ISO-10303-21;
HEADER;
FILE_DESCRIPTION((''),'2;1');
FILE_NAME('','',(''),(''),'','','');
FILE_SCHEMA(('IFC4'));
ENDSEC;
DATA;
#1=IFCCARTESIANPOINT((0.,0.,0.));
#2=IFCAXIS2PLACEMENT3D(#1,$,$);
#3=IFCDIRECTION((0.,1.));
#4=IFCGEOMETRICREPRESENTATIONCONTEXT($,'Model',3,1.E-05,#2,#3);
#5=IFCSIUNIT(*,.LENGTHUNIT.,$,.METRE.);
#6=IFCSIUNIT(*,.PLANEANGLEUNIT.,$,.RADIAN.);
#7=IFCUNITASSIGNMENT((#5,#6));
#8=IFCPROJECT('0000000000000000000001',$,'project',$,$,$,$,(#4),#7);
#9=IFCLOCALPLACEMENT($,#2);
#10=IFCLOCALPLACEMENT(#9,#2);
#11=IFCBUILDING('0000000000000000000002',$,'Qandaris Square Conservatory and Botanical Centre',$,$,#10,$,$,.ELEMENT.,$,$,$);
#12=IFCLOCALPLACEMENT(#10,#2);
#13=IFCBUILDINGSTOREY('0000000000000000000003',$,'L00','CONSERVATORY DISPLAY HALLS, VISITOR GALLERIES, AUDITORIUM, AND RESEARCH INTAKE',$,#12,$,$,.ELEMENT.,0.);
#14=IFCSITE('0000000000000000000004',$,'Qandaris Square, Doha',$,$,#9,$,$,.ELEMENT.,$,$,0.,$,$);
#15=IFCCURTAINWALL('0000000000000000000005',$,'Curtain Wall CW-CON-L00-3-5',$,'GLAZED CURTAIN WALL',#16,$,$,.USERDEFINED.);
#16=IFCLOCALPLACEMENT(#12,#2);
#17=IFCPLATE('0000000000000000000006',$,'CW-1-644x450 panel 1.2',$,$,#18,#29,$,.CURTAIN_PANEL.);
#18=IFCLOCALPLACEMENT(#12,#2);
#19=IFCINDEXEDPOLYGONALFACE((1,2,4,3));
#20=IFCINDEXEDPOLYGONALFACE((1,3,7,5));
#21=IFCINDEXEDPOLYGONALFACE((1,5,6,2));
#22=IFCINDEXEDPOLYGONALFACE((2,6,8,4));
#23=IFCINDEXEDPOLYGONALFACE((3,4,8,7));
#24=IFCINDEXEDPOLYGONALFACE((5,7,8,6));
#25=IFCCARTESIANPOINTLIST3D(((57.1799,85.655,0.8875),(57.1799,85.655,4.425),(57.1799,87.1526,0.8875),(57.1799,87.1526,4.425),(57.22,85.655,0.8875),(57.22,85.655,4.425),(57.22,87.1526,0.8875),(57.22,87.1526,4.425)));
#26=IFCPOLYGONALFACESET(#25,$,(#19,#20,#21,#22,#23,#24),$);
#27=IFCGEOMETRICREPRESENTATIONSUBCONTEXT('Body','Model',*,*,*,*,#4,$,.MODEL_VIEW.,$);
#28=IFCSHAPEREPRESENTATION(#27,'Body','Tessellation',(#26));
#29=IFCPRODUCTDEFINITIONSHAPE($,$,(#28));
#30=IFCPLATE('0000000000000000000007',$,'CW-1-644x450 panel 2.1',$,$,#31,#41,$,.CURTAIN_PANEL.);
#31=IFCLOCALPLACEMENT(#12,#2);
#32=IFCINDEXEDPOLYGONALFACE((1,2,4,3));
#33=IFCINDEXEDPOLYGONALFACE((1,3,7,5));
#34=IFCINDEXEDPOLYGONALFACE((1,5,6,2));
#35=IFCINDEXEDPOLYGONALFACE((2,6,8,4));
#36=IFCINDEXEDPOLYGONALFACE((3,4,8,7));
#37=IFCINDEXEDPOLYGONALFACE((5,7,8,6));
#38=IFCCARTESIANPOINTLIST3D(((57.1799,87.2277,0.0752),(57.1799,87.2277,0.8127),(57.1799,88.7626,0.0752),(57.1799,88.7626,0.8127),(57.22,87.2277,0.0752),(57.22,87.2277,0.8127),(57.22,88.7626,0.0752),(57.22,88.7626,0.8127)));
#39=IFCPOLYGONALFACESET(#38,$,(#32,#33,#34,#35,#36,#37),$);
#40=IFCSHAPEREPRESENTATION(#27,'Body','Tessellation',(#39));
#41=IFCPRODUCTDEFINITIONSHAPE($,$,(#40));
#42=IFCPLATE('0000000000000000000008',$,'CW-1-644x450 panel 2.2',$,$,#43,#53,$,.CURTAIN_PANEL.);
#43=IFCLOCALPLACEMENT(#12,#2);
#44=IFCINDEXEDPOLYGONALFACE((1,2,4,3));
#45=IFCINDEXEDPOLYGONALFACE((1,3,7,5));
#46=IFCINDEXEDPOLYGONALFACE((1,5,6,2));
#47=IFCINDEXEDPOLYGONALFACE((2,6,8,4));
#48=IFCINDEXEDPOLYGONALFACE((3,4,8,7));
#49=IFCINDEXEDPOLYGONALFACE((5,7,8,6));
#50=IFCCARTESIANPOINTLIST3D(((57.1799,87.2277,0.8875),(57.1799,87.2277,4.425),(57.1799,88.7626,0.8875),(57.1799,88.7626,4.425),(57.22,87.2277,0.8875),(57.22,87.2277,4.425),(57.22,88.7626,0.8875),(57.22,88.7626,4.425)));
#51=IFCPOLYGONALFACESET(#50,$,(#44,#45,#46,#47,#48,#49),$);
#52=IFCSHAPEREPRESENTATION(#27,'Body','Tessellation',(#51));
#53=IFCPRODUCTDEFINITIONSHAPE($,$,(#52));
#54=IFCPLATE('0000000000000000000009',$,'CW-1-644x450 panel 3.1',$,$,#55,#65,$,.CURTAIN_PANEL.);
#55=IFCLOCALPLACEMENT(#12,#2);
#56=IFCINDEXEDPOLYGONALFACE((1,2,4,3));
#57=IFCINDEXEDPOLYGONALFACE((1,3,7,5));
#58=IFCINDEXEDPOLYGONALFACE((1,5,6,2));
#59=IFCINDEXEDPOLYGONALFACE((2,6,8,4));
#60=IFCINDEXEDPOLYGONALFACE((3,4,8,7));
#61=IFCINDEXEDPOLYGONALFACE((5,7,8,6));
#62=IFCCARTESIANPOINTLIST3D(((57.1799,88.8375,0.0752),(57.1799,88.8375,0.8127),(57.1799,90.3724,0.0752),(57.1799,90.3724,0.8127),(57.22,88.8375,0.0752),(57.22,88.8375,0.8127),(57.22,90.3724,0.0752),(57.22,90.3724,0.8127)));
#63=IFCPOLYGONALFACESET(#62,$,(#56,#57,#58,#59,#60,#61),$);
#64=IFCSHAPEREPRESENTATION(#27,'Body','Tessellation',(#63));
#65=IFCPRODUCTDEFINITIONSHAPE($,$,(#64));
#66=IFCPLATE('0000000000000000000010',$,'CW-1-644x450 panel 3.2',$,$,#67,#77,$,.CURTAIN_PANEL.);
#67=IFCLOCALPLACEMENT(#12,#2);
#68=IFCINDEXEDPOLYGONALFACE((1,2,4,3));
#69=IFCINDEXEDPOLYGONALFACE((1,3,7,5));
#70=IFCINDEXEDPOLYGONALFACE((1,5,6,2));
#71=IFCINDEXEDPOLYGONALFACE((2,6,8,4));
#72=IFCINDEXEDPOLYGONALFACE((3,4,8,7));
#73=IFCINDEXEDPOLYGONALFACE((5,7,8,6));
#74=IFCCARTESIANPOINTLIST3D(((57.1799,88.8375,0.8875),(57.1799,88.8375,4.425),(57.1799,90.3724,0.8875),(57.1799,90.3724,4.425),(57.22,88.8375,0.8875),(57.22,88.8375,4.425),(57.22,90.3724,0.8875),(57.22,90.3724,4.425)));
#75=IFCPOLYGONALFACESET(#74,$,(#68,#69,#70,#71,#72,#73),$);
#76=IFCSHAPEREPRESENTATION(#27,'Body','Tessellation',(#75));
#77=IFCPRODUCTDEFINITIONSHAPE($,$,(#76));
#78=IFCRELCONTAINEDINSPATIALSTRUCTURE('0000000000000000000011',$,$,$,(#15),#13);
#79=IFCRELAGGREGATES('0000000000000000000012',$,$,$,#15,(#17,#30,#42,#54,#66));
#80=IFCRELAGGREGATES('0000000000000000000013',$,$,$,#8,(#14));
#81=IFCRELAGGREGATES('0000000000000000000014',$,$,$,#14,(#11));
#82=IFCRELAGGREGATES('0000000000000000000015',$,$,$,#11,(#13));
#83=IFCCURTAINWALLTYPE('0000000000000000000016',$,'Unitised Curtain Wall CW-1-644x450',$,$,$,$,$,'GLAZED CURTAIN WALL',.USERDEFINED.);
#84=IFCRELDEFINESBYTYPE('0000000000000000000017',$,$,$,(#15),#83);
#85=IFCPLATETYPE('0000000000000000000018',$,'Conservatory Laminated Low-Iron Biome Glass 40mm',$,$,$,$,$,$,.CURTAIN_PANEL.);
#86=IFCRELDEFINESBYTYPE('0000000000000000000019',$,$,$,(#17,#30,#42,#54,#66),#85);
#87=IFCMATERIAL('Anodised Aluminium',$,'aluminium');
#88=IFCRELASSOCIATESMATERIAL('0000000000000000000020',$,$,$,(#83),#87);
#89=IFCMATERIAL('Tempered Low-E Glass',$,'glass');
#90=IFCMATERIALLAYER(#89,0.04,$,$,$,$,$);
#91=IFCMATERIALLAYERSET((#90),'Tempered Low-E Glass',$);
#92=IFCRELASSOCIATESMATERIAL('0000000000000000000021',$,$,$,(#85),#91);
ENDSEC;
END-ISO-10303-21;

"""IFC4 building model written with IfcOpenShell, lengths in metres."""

from ifc_helpers import new_model, si_unit, direction, frame, origin, origin_2d, place, context, subcontext, project, spatial, rectangle, extrude, material, layer, layer_set, type_object, element, aggregate, save


model = new_model("IFC4")

# Units and contexts
model_context = context("Model", 3, precision=1e-05, world=origin(), true_north=direction((0.0, 1.0)))
body_context = subcontext(model_context, "Body", "Model", "MODEL_VIEW")
ifc_project = project(units=[si_unit("LENGTHUNIT", "METRE"), si_unit("PLANEANGLEUNIT", "RADIAN")], contexts=[model_context])

# Site, building, storey
site_placement = place(None, origin())
site = spatial("IfcSite", under=ifc_project, at=site_placement, Name="Qandaris Square, Doha", CompositionType="ELEMENT", RefElevation=0.0)
building_placement = place(site_placement, origin())
building = spatial("IfcBuilding", under=site, at=building_placement, Name="Qandaris Square Conservatory and Botanical Centre", CompositionType="ELEMENT")
storey_placement = place(building_placement, origin())
storey = spatial("IfcBuildingStorey", under=building, at=storey_placement, Name="L00", Description="CONSERVATORY DISPLAY HALLS, VISITOR GALLERIES, AUDITORIUM, AND RESEARCH INTAKE", CompositionType="ELEMENT", Elevation=0.0)

# Curtain wall, plates
ifc_material_1 = material(Name="Anodised Aluminium", Category="aluminium")
curtain_wall_type = type_object("IfcCurtainWallType", Name="Unitised Curtain Wall CW-1-644x450", ElementType="GLAZED CURTAIN WALL", PredefinedType="USERDEFINED", material=ifc_material_1)
curtain_wall_placement = place(storey_placement, origin())
curtain_wall = element("IfcCurtainWall", 1, at=curtain_wall_placement, inside=storey, type_object=curtain_wall_type, Name="Curtain Wall CW-CON-L00-3-5", ObjectType="GLAZED CURTAIN WALL", PredefinedType="USERDEFINED")
ifc_material_2 = material(Name="Tempered Low-E Glass", Category="glass")
ifc_layer = layer(ifc_material_2, 0.04)
ifc_layer_set = layer_set([ifc_layer], Name="Tempered Low-E Glass")
plate_type = type_object("IfcPlateType", Name="Conservatory Laminated Low-Iron Biome Glass 40mm", PredefinedType="CURTAIN_PANEL", material=ifc_layer_set)
plate_1_placement = place(storey_placement, frame((57.2, 86.4038, 0.8875), z_axis=(0.0, 0.0, 1.0), x_axis=(0.0, 1.0, 0.0)))
plate_1 = element("IfcPlate", 2, at=plate_1_placement, type_object=plate_type, Name="CW-1-644x450 panel 1.2", PredefinedType="CURTAIN_PANEL", context=body_context, shape_type="SweptSolid", body=[
    extrude(rectangle(XDim=1.4976, YDim=0.04, at=origin_2d()), origin(), (0.0, 0.0, 1.0), 3.5376),
])
plate_2_placement = place(storey_placement, frame((57.2, 87.9951, 0.0752), z_axis=(0.0, 0.0, 1.0), x_axis=(0.0, 1.0, 0.0)))
plate_2 = element("IfcPlate", 3, at=plate_2_placement, type_object=plate_type, Name="CW-1-644x450 panel 2.1", PredefinedType="CURTAIN_PANEL", context=body_context, shape_type="SweptSolid", body=[
    extrude(rectangle(XDim=1.5349, YDim=0.04, at=origin_2d()), origin(), (0.0, 0.0, 1.0), 0.7375),
])
plate_3_placement = place(storey_placement, frame((57.2, 87.9951, 0.8875), z_axis=(0.0, 0.0, 1.0), x_axis=(0.0, 1.0, 0.0)))
plate_3 = element("IfcPlate", 4, at=plate_3_placement, type_object=plate_type, Name="CW-1-644x450 panel 2.2", PredefinedType="CURTAIN_PANEL", context=body_context, shape_type="SweptSolid", body=[
    extrude(rectangle(XDim=1.5349, YDim=0.04, at=origin_2d()), origin(), (0.0, 0.0, 1.0), 3.5376),
])
plate_4_placement = place(storey_placement, frame((57.2, 89.605, 0.0752), z_axis=(0.0, 0.0, 1.0), x_axis=(0.0, 1.0, 0.0)))
plate_4 = element("IfcPlate", 5, at=plate_4_placement, type_object=plate_type, Name="CW-1-644x450 panel 3.1", PredefinedType="CURTAIN_PANEL", context=body_context, shape_type="SweptSolid", body=[
    extrude(rectangle(XDim=1.5349, YDim=0.04, at=origin_2d()), origin(), (0.0, 0.0, 1.0), 0.7375),
])
plate_5_placement = place(storey_placement, frame((57.2, 89.605, 0.8875), z_axis=(0.0, 0.0, 1.0), x_axis=(0.0, 1.0, 0.0)))
plate_5 = element("IfcPlate", 6, at=plate_5_placement, type_object=plate_type, Name="CW-1-644x450 panel 3.2", PredefinedType="CURTAIN_PANEL", context=body_context, shape_type="SweptSolid", body=[
    extrude(rectangle(XDim=1.5349, YDim=0.04, at=origin_2d()), origin(), (0.0, 0.0, 1.0), 3.5376),
])
aggregate(curtain_wall, [plate_1, plate_2, plate_3, plate_4, plate_5])

save(model, "model.ifc")
